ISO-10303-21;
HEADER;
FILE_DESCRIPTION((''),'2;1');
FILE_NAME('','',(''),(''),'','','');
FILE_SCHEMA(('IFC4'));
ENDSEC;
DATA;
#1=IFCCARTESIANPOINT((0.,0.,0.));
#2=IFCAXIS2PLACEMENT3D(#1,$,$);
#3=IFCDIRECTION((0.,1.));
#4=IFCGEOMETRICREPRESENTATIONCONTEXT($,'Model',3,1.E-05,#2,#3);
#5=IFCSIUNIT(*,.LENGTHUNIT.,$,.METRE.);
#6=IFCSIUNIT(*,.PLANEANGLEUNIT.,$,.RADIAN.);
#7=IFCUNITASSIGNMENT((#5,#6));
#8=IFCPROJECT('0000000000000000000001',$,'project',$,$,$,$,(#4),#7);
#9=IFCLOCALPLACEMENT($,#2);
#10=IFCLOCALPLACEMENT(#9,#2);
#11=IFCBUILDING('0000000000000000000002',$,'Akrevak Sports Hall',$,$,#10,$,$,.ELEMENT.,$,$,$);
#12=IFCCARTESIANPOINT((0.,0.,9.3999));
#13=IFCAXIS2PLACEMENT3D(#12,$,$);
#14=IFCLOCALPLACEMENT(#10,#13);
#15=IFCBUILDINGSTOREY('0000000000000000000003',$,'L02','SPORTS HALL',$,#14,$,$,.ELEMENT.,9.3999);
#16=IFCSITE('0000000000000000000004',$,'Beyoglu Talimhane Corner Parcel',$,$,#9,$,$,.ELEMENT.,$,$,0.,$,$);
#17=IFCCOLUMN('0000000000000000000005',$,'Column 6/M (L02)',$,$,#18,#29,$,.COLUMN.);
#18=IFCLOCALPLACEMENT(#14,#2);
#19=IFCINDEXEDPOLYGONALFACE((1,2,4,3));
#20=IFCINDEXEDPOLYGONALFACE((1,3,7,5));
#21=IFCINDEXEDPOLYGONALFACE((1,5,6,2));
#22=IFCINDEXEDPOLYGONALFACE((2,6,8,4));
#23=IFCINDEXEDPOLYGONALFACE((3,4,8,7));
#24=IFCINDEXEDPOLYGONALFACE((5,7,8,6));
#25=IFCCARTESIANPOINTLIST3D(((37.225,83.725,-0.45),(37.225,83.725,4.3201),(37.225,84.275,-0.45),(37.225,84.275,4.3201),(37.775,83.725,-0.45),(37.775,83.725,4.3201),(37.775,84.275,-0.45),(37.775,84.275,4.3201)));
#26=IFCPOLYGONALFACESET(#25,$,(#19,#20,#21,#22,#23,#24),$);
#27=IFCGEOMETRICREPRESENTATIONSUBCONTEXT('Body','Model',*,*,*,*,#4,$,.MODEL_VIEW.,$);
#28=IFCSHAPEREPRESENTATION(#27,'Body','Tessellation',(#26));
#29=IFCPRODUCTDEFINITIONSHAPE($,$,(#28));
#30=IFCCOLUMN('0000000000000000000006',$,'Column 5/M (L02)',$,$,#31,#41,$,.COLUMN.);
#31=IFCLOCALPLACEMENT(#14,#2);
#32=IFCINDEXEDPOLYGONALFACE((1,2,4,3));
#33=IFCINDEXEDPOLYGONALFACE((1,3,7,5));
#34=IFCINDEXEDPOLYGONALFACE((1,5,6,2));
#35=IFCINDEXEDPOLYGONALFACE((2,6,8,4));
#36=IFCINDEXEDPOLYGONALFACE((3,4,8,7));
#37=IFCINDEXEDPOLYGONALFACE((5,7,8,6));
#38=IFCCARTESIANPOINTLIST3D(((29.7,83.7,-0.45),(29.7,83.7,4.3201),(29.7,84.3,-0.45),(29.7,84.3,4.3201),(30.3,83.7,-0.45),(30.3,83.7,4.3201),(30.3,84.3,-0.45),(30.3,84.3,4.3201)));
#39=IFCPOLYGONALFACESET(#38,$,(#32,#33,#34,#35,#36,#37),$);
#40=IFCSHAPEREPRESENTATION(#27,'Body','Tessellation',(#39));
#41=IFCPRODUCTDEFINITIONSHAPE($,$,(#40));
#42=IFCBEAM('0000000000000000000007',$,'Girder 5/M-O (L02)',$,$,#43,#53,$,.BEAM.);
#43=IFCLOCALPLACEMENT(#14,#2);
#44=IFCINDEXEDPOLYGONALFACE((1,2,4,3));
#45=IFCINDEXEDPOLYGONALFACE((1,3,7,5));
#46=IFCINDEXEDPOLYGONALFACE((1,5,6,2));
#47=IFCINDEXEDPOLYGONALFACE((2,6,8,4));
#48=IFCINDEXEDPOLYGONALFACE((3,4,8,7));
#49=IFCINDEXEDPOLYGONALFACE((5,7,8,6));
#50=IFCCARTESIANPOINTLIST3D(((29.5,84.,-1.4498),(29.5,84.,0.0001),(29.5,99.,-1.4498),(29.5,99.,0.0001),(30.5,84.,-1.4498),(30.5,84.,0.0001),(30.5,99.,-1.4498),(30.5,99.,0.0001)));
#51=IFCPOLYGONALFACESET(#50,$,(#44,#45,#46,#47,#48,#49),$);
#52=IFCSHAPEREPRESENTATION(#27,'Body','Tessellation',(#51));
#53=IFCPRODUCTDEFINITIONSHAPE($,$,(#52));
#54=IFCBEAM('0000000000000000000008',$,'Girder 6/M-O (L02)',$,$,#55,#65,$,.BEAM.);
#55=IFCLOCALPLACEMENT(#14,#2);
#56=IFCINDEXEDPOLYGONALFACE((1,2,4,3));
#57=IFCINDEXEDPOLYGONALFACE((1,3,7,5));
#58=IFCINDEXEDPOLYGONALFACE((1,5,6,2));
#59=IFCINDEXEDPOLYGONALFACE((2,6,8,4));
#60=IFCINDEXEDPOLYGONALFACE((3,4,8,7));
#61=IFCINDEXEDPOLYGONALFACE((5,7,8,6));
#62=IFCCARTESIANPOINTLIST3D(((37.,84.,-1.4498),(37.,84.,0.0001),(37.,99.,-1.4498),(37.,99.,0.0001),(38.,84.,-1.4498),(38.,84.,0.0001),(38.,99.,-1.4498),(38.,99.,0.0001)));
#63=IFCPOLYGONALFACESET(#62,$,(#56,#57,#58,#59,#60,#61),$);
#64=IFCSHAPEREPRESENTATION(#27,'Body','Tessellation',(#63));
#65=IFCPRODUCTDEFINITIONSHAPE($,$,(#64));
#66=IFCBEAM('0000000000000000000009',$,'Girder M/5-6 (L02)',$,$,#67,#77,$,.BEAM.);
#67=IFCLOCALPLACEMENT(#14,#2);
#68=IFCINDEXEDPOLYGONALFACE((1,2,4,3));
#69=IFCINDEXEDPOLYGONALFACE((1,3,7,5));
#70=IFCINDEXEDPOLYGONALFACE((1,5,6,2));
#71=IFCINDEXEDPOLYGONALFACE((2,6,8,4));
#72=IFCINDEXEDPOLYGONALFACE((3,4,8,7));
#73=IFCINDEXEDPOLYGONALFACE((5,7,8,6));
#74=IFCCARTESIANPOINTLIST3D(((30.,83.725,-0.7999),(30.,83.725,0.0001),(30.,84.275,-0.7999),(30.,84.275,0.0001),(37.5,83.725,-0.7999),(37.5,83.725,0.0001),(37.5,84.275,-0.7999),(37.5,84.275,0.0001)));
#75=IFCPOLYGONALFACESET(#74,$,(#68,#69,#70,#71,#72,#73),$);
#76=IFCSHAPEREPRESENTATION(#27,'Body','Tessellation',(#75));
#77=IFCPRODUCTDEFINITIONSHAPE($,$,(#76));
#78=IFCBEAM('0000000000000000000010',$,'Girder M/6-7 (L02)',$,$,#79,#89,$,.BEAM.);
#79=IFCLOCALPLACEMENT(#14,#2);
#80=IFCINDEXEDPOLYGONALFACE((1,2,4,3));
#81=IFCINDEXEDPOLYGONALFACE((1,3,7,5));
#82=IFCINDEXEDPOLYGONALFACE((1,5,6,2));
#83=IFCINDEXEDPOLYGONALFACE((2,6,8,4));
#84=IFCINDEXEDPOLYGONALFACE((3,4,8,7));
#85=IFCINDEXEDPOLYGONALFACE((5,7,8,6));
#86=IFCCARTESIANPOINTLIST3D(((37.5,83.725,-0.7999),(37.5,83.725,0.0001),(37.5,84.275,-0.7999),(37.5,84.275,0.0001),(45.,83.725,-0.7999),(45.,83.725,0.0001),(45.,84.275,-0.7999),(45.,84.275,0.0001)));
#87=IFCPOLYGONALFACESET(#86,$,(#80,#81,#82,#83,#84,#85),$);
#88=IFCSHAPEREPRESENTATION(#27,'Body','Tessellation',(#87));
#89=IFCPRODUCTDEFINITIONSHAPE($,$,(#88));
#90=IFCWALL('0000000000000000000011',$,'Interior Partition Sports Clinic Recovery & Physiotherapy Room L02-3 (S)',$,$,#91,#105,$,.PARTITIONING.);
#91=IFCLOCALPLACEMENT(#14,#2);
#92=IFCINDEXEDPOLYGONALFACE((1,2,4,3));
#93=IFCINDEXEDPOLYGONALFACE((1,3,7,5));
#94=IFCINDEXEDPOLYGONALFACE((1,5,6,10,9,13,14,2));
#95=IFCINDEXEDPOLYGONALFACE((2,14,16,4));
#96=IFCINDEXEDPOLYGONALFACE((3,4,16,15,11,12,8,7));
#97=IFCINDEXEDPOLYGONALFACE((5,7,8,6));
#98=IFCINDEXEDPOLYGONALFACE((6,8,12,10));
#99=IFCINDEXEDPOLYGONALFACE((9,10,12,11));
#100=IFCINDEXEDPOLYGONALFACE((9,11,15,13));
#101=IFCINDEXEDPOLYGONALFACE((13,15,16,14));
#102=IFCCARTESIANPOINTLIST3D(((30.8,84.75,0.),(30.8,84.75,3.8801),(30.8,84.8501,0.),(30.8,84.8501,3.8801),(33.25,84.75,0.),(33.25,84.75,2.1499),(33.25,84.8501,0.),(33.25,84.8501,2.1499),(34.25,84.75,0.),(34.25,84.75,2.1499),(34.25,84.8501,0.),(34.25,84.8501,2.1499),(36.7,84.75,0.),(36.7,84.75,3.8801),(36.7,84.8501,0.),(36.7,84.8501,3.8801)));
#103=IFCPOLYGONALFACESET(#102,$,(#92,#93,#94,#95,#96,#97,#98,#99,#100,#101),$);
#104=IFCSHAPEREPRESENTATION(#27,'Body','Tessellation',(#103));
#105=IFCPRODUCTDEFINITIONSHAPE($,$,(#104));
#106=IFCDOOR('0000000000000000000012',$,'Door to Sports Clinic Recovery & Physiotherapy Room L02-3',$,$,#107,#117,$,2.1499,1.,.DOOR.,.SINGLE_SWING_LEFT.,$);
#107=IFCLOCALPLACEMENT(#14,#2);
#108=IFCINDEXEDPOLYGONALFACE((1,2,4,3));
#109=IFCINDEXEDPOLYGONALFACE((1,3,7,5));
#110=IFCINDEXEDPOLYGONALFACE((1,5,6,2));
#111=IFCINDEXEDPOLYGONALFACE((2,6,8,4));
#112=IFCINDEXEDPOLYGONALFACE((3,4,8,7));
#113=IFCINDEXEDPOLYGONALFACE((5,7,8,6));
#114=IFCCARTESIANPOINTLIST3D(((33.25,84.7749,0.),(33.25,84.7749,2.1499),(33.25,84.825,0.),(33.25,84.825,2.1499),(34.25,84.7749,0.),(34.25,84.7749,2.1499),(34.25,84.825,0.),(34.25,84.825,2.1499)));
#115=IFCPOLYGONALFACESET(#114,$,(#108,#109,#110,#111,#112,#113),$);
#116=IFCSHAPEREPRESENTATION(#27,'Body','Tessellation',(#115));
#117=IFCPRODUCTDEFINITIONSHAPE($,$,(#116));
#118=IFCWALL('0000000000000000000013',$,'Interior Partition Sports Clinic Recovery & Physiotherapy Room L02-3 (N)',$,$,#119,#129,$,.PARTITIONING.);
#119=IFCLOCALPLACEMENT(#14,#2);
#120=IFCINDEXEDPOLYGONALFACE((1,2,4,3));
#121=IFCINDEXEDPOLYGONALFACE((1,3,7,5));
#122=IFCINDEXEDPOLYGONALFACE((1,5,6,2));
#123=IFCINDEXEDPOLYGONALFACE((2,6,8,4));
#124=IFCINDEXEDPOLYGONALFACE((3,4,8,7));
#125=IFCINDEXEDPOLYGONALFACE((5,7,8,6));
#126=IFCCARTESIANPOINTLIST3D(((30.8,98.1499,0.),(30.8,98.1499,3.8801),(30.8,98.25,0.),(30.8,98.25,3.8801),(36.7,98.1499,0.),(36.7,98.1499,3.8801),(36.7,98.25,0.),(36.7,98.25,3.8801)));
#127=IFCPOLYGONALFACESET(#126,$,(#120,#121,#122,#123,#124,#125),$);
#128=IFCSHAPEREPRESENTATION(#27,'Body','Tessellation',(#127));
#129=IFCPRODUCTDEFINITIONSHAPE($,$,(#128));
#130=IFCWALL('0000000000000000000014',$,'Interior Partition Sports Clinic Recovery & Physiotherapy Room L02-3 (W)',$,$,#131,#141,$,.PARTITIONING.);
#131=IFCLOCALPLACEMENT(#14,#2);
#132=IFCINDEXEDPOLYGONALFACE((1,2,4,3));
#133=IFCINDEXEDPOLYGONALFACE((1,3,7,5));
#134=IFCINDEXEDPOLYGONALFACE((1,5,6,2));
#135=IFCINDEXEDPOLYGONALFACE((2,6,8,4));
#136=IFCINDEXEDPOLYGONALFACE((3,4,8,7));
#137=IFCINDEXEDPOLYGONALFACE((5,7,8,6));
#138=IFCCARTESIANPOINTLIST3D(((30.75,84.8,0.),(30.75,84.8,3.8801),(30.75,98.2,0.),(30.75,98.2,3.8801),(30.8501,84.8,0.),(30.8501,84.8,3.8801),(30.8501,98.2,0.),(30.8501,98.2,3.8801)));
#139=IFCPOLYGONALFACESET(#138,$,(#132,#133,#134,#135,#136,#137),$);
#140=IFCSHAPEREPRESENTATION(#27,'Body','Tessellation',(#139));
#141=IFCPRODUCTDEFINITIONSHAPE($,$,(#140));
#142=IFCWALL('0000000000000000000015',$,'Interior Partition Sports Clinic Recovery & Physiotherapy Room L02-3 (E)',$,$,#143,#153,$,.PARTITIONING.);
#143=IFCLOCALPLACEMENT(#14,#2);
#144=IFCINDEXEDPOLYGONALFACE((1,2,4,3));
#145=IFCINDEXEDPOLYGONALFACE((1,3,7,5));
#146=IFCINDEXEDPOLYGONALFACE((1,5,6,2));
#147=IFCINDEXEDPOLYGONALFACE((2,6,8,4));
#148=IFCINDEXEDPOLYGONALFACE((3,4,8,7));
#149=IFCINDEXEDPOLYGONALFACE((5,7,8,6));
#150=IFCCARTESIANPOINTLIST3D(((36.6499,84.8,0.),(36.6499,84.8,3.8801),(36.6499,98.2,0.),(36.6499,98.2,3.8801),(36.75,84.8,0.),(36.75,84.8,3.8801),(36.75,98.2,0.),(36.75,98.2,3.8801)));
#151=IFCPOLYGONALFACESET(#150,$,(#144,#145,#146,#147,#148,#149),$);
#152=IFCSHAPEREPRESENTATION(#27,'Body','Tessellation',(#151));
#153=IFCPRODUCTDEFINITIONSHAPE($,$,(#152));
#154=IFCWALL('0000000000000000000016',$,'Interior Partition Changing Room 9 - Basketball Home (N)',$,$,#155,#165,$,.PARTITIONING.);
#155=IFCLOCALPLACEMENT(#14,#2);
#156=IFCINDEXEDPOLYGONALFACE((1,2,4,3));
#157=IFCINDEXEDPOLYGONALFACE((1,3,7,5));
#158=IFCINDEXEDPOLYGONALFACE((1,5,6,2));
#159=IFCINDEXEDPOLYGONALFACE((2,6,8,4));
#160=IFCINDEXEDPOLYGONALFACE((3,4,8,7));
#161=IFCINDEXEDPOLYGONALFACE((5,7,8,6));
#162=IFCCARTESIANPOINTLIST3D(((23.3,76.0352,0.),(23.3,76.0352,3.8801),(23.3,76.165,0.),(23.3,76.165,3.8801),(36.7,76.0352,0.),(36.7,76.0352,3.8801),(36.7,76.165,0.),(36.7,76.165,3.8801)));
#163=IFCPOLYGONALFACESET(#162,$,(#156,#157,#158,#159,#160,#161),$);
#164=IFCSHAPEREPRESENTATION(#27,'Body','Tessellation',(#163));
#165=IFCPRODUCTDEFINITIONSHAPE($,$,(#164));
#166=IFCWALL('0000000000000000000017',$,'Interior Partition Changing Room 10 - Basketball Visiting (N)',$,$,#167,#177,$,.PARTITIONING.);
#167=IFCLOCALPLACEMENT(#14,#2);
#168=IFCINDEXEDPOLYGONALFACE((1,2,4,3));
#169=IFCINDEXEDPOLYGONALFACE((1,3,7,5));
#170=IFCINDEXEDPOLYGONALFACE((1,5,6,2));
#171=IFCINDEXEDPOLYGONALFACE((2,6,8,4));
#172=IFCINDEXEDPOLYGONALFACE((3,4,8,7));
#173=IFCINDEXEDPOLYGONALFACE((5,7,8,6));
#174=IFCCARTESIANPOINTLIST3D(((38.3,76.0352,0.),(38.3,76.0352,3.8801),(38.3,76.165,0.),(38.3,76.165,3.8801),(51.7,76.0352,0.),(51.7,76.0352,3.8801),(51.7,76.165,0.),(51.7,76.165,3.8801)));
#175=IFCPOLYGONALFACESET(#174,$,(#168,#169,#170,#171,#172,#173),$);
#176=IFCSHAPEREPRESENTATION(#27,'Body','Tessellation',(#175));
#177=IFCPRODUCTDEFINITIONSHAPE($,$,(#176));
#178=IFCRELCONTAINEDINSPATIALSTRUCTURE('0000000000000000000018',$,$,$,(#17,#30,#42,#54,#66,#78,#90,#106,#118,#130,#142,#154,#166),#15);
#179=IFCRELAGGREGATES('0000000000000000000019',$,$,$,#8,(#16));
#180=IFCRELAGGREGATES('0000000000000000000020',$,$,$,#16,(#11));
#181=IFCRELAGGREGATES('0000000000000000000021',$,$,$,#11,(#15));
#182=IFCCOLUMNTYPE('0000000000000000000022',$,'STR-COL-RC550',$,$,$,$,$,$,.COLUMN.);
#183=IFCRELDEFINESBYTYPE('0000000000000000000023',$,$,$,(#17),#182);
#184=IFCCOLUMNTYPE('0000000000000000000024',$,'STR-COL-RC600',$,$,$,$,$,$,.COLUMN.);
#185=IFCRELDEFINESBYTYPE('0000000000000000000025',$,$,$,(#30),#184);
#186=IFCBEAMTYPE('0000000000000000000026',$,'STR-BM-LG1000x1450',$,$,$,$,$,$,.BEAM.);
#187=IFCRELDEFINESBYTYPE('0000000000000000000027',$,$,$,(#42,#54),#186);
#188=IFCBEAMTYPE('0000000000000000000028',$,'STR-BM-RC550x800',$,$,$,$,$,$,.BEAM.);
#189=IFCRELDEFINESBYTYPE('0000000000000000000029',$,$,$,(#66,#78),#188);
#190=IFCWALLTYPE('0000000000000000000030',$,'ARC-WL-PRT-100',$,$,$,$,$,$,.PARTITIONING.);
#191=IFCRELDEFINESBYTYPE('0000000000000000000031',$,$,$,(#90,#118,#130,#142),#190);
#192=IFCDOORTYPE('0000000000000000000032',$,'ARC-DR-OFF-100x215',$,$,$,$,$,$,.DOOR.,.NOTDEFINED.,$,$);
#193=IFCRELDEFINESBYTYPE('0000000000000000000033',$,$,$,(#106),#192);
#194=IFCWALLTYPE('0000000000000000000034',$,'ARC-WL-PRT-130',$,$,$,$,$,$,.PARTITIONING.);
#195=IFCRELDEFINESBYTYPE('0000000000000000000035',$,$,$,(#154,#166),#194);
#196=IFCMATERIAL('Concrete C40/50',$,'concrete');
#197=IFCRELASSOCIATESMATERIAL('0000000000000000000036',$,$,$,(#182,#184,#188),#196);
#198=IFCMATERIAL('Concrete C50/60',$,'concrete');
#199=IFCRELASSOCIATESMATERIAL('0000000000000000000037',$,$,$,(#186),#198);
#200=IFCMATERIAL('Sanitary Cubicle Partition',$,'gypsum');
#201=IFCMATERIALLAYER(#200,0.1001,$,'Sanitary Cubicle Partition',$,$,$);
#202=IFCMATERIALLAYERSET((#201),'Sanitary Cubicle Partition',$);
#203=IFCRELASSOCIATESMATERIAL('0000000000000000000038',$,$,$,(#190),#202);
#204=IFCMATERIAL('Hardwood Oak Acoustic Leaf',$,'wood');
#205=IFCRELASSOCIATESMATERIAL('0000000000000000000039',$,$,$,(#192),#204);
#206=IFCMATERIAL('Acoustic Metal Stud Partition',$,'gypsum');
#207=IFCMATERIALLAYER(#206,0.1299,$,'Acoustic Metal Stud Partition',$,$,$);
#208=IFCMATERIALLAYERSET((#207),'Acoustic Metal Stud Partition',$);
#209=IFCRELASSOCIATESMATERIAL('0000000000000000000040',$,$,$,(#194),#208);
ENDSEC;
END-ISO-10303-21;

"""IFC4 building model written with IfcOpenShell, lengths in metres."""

from ifc_helpers import new_model, si_unit, direction, frame, frame_2d, origin, origin_2d, place, context, subcontext, project, spatial, rectangle, extrude, material, layer, layer_set, material_profile, profile_set, type_object, element, fill, save


model = new_model("IFC4")

# Units and contexts
model_context = context("Model", 3, precision=1e-05, world=origin(), true_north=direction((0.0, 1.0)))
body_context = subcontext(model_context, "Body", "Model", "MODEL_VIEW")
ifc_project = project(units=[si_unit("LENGTHUNIT", "METRE"), si_unit("PLANEANGLEUNIT", "RADIAN")], contexts=[model_context])

# Site, building, storey
site_placement = place(None, origin())
site = spatial("IfcSite", under=ifc_project, at=site_placement, Name="Beyoglu Talimhane Corner Parcel", CompositionType="ELEMENT", RefElevation=0.0)
building_placement = place(site_placement, origin())
building = spatial("IfcBuilding", under=site, at=building_placement, Name="Akrevak Sports Hall", CompositionType="ELEMENT")
storey_placement = place(building_placement, frame((0.0, 0.0, 9.3999)))
storey = spatial("IfcBuildingStorey", under=building, at=storey_placement, Name="L02", Description="SPORTS HALL", CompositionType="ELEMENT", Elevation=9.3999)

# Columns
ifc_material_1 = material(Name="Concrete C40/50", Category="concrete")
ifc_material_profile_1 = material_profile(ifc_material_1, rectangle(XDim=0.55, YDim=0.55, at=origin_2d()), Name="RC 550x550", Category="concrete")
ifc_profile_set_1 = profile_set([ifc_material_profile_1], Name="Concrete C40/50")
column_type_1 = type_object("IfcColumnType", Name="STR-COL-RC550", PredefinedType="COLUMN", material=ifc_profile_set_1)
column_1_placement = place(storey_placement, frame((37.5, 84.0, -0.45), z_axis=(0.0, 0.0, 1.0), x_axis=(1.0, 0.0, 0.0)))
element("IfcColumn", 1, at=column_1_placement, inside=storey, type_object=column_type_1, Name="Column 6/M (L02)", PredefinedType="COLUMN", context=body_context, shape_type="SweptSolid", body=[
    extrude(rectangle(XDim=0.55, YDim=0.55, at=origin_2d()), origin(), (0.0, 0.0, 1.0), 4.77),
])
ifc_material_profile_2 = material_profile(ifc_material_1, rectangle(XDim=0.6001, YDim=0.6001, at=origin_2d()), Name="RC 600x600", Category="concrete")
ifc_profile_set_2 = profile_set([ifc_material_profile_2], Name="Concrete C40/50")
column_type_2 = type_object("IfcColumnType", Name="STR-COL-RC600", PredefinedType="COLUMN", material=ifc_profile_set_2)
column_2_placement = place(storey_placement, frame((30.0, 84.0, -0.45), z_axis=(0.0, 0.0, 1.0), x_axis=(1.0, 0.0, 0.0)))
element("IfcColumn", 2, at=column_2_placement, inside=storey, type_object=column_type_2, Name="Column 5/M (L02)", PredefinedType="COLUMN", context=body_context, shape_type="SweptSolid", body=[
    extrude(rectangle(XDim=0.6001, YDim=0.6001, at=origin_2d()), origin(), (0.0, 0.0, 1.0), 4.77),
])

# Beams
ifc_material_2 = material(Name="Concrete C50/60", Category="concrete")
ifc_material_profile_3 = material_profile(ifc_material_2, rectangle(XDim=1.0, YDim=1.45, at=origin_2d()), Name="BM 1000x1450", Category="concrete")
ifc_profile_set_3 = profile_set([ifc_material_profile_3], Name="Concrete C50/60")
beam_type_1 = type_object("IfcBeamType", Name="STR-BM-LG1000x1450", PredefinedType="BEAM", material=ifc_profile_set_3)
for number, where, z_axis, x_axis, name in (
    (3, (30.0, 84.0, -0.7249), (0.0, 1.0, 0.0), (-1.0, 0.0, 0.0), "Girder 5/M-O (L02)"),
    (4, (37.5, 84.0, -0.7249), (0.0, 1.0, 0.0), (-1.0, 0.0, 0.0), "Girder 6/M-O (L02)"),
):
    element("IfcBeam", number, at=place(storey_placement, frame(where, z_axis=z_axis, x_axis=x_axis)), inside=storey, type_object=beam_type_1, Name=name, PredefinedType="BEAM", context=body_context, shape_type="SweptSolid", body=[
        extrude(rectangle(XDim=1.0, YDim=1.45, at=origin_2d()), origin(), (0.0, 0.0, 1.0), 15.0),
    ])
ifc_material_profile_4 = material_profile(ifc_material_1, rectangle(XDim=0.55, YDim=0.8, at=origin_2d()), Name="BM 550x800", Category="concrete")
ifc_profile_set_4 = profile_set([ifc_material_profile_4], Name="Concrete C40/50")
beam_type_2 = type_object("IfcBeamType", Name="STR-BM-RC550x800", PredefinedType="BEAM", material=ifc_profile_set_4)
for number, where, z_axis, x_axis, name in (
    (5, (30.0, 84.0, -0.3999), (1.0, 0.0, 0.0), (0.0, 1.0, 0.0), "Girder M/5-6 (L02)"),
    (6, (37.5, 84.0, -0.3999), (1.0, 0.0, 0.0), (0.0, 1.0, 0.0), "Girder M/6-7 (L02)"),
):
    element("IfcBeam", number, at=place(storey_placement, frame(where, z_axis=z_axis, x_axis=x_axis)), inside=storey, type_object=beam_type_2, Name=name, PredefinedType="BEAM", context=body_context, shape_type="SweptSolid", body=[
        extrude(rectangle(XDim=0.55, YDim=0.8, at=origin_2d()), origin(), (0.0, 0.0, 1.0), 7.5),
    ])

# Wall, opening, door
ifc_material_3 = material(Name="Sanitary Cubicle Partition", Category="gypsum")
ifc_layer_1 = layer(ifc_material_3, 0.1001, Name="Sanitary Cubicle Partition")
ifc_layer_set_1 = layer_set([ifc_layer_1], Name="Sanitary Cubicle Partition")
wall_type_1 = type_object("IfcWallType", Name="ARC-WL-PRT-100", PredefinedType="PARTITIONING", material=ifc_layer_set_1)
wall_1_placement = place(storey_placement, frame((30.8, 84.8, 0.0), z_axis=(0.0, 0.0, 1.0), x_axis=(1.0, 0.0, 0.0)))
wall_1 = element("IfcWall", 7, at=wall_1_placement, inside=storey, type_object=wall_type_1, Name="Interior Partition Sports Clinic Recovery & Physiotherapy Room L02-3 (S)", PredefinedType="PARTITIONING", context=body_context, shape_type="SweptSolid", body=[
    extrude(rectangle(XDim=5.8999, YDim=0.1001, at=frame_2d((2.95, 0.0))), origin(), (0.0, 0.0, 1.0), 3.8801),
])
opening_1_placement = place(wall_1_placement, frame((2.45, 0.0, 0.0)))
opening_1 = element("IfcOpeningElement", 8, at=opening_1_placement, cuts=wall_1, PredefinedType="OPENING", context=body_context, shape_type="SweptSolid", body=[
    extrude(rectangle(XDim=1.0, YDim=2.1499, at=frame_2d((0.5, 1.075))), frame((0.0, 0.062, 0.0), z_axis=(0.0, -1.0, 0.0), x_axis=(1.0, 0.0, 0.0)), (0.0, 0.0, 1.0), 0.124),
])
ifc_material_4 = material(Name="Hardwood Oak Acoustic Leaf", Category="wood")
door_type_1 = type_object("IfcDoorType", Name="ARC-DR-OFF-100x215", OperationType="NOTDEFINED", PredefinedType="DOOR", material=ifc_material_4)
door_1_placement = place(opening_1_placement, origin())
door_1 = element("IfcDoor", 9, at=door_1_placement, inside=storey, type_object=door_type_1, Name="Door to Sports Clinic Recovery & Physiotherapy Room L02-3", OperationType="SINGLE_SWING_LEFT", OverallHeight=2.1499, OverallWidth=1.0, PredefinedType="DOOR", context=body_context, shape_type="SweptSolid", body=[
    extrude(rectangle(XDim=1.0, YDim=2.1499, at=frame_2d((0.5, 1.075))), frame((0.0, 0.0249, 0.0), z_axis=(0.0, -1.0, 0.0), x_axis=(1.0, 0.0, 0.0)), (0.0, 0.0, 1.0), 0.05),
])
fill(opening_1, door_1)

# Walls
wall_2_placement = place(storey_placement, frame((30.8, 98.2, 0.0), z_axis=(0.0, 0.0, 1.0), x_axis=(1.0, 0.0, 0.0)))
element("IfcWall", 10, at=wall_2_placement, inside=storey, type_object=wall_type_1, Name="Interior Partition Sports Clinic Recovery & Physiotherapy Room L02-3 (N)", PredefinedType="PARTITIONING", context=body_context, shape_type="SweptSolid", body=[
    extrude(rectangle(XDim=5.8999, YDim=0.1001, at=frame_2d((2.95, 0.0))), origin(), (0.0, 0.0, 1.0), 3.8801),
])
for number, where, z_axis, x_axis, name in (
    (11, (30.8, 84.8, 0.0), (0.0, 0.0, 1.0), (0.0, 1.0, 0.0), "Interior Partition Sports Clinic Recovery & Physiotherapy Room L02-3 (W)"),
    (12, (36.7, 84.8, 0.0), (0.0, 0.0, 1.0), (0.0, 1.0, 0.0), "Interior Partition Sports Clinic Recovery & Physiotherapy Room L02-3 (E)"),
):
    element("IfcWall", number, at=place(storey_placement, frame(where, z_axis=z_axis, x_axis=x_axis)), inside=storey, type_object=wall_type_1, Name=name, PredefinedType="PARTITIONING", context=body_context, shape_type="SweptSolid", body=[
        extrude(rectangle(XDim=13.3999, YDim=0.1001, at=frame_2d((6.7, 0.0))), origin(), (0.0, 0.0, 1.0), 3.8801),
    ])
ifc_material_5 = material(Name="Acoustic Metal Stud Partition", Category="gypsum")
ifc_layer_2 = layer(ifc_material_5, 0.1299, Name="Acoustic Metal Stud Partition")
ifc_layer_set_2 = layer_set([ifc_layer_2], Name="Acoustic Metal Stud Partition")
wall_type_2 = type_object("IfcWallType", Name="ARC-WL-PRT-130", PredefinedType="PARTITIONING", material=ifc_layer_set_2)
for number, where, z_axis, x_axis, name in (
    (13, (23.3, 76.1001, 0.0), (0.0, 0.0, 1.0), (1.0, 0.0, 0.0), "Interior Partition Changing Room 9 - Basketball Home (N)"),
    (14, (38.3, 76.1001, 0.0), (0.0, 0.0, 1.0), (1.0, 0.0, 0.0), "Interior Partition Changing Room 10 - Basketball Visiting (N)"),
):
    element("IfcWall", number, at=place(storey_placement, frame(where, z_axis=z_axis, x_axis=x_axis)), inside=storey, type_object=wall_type_2, Name=name, PredefinedType="PARTITIONING", context=body_context, shape_type="SweptSolid", body=[
        extrude(rectangle(XDim=13.3999, YDim=0.1299, at=frame_2d((6.7, 0.0))), origin(), (0.0, 0.0, 1.0), 3.8801),
    ])

save(model, "model.ifc")
